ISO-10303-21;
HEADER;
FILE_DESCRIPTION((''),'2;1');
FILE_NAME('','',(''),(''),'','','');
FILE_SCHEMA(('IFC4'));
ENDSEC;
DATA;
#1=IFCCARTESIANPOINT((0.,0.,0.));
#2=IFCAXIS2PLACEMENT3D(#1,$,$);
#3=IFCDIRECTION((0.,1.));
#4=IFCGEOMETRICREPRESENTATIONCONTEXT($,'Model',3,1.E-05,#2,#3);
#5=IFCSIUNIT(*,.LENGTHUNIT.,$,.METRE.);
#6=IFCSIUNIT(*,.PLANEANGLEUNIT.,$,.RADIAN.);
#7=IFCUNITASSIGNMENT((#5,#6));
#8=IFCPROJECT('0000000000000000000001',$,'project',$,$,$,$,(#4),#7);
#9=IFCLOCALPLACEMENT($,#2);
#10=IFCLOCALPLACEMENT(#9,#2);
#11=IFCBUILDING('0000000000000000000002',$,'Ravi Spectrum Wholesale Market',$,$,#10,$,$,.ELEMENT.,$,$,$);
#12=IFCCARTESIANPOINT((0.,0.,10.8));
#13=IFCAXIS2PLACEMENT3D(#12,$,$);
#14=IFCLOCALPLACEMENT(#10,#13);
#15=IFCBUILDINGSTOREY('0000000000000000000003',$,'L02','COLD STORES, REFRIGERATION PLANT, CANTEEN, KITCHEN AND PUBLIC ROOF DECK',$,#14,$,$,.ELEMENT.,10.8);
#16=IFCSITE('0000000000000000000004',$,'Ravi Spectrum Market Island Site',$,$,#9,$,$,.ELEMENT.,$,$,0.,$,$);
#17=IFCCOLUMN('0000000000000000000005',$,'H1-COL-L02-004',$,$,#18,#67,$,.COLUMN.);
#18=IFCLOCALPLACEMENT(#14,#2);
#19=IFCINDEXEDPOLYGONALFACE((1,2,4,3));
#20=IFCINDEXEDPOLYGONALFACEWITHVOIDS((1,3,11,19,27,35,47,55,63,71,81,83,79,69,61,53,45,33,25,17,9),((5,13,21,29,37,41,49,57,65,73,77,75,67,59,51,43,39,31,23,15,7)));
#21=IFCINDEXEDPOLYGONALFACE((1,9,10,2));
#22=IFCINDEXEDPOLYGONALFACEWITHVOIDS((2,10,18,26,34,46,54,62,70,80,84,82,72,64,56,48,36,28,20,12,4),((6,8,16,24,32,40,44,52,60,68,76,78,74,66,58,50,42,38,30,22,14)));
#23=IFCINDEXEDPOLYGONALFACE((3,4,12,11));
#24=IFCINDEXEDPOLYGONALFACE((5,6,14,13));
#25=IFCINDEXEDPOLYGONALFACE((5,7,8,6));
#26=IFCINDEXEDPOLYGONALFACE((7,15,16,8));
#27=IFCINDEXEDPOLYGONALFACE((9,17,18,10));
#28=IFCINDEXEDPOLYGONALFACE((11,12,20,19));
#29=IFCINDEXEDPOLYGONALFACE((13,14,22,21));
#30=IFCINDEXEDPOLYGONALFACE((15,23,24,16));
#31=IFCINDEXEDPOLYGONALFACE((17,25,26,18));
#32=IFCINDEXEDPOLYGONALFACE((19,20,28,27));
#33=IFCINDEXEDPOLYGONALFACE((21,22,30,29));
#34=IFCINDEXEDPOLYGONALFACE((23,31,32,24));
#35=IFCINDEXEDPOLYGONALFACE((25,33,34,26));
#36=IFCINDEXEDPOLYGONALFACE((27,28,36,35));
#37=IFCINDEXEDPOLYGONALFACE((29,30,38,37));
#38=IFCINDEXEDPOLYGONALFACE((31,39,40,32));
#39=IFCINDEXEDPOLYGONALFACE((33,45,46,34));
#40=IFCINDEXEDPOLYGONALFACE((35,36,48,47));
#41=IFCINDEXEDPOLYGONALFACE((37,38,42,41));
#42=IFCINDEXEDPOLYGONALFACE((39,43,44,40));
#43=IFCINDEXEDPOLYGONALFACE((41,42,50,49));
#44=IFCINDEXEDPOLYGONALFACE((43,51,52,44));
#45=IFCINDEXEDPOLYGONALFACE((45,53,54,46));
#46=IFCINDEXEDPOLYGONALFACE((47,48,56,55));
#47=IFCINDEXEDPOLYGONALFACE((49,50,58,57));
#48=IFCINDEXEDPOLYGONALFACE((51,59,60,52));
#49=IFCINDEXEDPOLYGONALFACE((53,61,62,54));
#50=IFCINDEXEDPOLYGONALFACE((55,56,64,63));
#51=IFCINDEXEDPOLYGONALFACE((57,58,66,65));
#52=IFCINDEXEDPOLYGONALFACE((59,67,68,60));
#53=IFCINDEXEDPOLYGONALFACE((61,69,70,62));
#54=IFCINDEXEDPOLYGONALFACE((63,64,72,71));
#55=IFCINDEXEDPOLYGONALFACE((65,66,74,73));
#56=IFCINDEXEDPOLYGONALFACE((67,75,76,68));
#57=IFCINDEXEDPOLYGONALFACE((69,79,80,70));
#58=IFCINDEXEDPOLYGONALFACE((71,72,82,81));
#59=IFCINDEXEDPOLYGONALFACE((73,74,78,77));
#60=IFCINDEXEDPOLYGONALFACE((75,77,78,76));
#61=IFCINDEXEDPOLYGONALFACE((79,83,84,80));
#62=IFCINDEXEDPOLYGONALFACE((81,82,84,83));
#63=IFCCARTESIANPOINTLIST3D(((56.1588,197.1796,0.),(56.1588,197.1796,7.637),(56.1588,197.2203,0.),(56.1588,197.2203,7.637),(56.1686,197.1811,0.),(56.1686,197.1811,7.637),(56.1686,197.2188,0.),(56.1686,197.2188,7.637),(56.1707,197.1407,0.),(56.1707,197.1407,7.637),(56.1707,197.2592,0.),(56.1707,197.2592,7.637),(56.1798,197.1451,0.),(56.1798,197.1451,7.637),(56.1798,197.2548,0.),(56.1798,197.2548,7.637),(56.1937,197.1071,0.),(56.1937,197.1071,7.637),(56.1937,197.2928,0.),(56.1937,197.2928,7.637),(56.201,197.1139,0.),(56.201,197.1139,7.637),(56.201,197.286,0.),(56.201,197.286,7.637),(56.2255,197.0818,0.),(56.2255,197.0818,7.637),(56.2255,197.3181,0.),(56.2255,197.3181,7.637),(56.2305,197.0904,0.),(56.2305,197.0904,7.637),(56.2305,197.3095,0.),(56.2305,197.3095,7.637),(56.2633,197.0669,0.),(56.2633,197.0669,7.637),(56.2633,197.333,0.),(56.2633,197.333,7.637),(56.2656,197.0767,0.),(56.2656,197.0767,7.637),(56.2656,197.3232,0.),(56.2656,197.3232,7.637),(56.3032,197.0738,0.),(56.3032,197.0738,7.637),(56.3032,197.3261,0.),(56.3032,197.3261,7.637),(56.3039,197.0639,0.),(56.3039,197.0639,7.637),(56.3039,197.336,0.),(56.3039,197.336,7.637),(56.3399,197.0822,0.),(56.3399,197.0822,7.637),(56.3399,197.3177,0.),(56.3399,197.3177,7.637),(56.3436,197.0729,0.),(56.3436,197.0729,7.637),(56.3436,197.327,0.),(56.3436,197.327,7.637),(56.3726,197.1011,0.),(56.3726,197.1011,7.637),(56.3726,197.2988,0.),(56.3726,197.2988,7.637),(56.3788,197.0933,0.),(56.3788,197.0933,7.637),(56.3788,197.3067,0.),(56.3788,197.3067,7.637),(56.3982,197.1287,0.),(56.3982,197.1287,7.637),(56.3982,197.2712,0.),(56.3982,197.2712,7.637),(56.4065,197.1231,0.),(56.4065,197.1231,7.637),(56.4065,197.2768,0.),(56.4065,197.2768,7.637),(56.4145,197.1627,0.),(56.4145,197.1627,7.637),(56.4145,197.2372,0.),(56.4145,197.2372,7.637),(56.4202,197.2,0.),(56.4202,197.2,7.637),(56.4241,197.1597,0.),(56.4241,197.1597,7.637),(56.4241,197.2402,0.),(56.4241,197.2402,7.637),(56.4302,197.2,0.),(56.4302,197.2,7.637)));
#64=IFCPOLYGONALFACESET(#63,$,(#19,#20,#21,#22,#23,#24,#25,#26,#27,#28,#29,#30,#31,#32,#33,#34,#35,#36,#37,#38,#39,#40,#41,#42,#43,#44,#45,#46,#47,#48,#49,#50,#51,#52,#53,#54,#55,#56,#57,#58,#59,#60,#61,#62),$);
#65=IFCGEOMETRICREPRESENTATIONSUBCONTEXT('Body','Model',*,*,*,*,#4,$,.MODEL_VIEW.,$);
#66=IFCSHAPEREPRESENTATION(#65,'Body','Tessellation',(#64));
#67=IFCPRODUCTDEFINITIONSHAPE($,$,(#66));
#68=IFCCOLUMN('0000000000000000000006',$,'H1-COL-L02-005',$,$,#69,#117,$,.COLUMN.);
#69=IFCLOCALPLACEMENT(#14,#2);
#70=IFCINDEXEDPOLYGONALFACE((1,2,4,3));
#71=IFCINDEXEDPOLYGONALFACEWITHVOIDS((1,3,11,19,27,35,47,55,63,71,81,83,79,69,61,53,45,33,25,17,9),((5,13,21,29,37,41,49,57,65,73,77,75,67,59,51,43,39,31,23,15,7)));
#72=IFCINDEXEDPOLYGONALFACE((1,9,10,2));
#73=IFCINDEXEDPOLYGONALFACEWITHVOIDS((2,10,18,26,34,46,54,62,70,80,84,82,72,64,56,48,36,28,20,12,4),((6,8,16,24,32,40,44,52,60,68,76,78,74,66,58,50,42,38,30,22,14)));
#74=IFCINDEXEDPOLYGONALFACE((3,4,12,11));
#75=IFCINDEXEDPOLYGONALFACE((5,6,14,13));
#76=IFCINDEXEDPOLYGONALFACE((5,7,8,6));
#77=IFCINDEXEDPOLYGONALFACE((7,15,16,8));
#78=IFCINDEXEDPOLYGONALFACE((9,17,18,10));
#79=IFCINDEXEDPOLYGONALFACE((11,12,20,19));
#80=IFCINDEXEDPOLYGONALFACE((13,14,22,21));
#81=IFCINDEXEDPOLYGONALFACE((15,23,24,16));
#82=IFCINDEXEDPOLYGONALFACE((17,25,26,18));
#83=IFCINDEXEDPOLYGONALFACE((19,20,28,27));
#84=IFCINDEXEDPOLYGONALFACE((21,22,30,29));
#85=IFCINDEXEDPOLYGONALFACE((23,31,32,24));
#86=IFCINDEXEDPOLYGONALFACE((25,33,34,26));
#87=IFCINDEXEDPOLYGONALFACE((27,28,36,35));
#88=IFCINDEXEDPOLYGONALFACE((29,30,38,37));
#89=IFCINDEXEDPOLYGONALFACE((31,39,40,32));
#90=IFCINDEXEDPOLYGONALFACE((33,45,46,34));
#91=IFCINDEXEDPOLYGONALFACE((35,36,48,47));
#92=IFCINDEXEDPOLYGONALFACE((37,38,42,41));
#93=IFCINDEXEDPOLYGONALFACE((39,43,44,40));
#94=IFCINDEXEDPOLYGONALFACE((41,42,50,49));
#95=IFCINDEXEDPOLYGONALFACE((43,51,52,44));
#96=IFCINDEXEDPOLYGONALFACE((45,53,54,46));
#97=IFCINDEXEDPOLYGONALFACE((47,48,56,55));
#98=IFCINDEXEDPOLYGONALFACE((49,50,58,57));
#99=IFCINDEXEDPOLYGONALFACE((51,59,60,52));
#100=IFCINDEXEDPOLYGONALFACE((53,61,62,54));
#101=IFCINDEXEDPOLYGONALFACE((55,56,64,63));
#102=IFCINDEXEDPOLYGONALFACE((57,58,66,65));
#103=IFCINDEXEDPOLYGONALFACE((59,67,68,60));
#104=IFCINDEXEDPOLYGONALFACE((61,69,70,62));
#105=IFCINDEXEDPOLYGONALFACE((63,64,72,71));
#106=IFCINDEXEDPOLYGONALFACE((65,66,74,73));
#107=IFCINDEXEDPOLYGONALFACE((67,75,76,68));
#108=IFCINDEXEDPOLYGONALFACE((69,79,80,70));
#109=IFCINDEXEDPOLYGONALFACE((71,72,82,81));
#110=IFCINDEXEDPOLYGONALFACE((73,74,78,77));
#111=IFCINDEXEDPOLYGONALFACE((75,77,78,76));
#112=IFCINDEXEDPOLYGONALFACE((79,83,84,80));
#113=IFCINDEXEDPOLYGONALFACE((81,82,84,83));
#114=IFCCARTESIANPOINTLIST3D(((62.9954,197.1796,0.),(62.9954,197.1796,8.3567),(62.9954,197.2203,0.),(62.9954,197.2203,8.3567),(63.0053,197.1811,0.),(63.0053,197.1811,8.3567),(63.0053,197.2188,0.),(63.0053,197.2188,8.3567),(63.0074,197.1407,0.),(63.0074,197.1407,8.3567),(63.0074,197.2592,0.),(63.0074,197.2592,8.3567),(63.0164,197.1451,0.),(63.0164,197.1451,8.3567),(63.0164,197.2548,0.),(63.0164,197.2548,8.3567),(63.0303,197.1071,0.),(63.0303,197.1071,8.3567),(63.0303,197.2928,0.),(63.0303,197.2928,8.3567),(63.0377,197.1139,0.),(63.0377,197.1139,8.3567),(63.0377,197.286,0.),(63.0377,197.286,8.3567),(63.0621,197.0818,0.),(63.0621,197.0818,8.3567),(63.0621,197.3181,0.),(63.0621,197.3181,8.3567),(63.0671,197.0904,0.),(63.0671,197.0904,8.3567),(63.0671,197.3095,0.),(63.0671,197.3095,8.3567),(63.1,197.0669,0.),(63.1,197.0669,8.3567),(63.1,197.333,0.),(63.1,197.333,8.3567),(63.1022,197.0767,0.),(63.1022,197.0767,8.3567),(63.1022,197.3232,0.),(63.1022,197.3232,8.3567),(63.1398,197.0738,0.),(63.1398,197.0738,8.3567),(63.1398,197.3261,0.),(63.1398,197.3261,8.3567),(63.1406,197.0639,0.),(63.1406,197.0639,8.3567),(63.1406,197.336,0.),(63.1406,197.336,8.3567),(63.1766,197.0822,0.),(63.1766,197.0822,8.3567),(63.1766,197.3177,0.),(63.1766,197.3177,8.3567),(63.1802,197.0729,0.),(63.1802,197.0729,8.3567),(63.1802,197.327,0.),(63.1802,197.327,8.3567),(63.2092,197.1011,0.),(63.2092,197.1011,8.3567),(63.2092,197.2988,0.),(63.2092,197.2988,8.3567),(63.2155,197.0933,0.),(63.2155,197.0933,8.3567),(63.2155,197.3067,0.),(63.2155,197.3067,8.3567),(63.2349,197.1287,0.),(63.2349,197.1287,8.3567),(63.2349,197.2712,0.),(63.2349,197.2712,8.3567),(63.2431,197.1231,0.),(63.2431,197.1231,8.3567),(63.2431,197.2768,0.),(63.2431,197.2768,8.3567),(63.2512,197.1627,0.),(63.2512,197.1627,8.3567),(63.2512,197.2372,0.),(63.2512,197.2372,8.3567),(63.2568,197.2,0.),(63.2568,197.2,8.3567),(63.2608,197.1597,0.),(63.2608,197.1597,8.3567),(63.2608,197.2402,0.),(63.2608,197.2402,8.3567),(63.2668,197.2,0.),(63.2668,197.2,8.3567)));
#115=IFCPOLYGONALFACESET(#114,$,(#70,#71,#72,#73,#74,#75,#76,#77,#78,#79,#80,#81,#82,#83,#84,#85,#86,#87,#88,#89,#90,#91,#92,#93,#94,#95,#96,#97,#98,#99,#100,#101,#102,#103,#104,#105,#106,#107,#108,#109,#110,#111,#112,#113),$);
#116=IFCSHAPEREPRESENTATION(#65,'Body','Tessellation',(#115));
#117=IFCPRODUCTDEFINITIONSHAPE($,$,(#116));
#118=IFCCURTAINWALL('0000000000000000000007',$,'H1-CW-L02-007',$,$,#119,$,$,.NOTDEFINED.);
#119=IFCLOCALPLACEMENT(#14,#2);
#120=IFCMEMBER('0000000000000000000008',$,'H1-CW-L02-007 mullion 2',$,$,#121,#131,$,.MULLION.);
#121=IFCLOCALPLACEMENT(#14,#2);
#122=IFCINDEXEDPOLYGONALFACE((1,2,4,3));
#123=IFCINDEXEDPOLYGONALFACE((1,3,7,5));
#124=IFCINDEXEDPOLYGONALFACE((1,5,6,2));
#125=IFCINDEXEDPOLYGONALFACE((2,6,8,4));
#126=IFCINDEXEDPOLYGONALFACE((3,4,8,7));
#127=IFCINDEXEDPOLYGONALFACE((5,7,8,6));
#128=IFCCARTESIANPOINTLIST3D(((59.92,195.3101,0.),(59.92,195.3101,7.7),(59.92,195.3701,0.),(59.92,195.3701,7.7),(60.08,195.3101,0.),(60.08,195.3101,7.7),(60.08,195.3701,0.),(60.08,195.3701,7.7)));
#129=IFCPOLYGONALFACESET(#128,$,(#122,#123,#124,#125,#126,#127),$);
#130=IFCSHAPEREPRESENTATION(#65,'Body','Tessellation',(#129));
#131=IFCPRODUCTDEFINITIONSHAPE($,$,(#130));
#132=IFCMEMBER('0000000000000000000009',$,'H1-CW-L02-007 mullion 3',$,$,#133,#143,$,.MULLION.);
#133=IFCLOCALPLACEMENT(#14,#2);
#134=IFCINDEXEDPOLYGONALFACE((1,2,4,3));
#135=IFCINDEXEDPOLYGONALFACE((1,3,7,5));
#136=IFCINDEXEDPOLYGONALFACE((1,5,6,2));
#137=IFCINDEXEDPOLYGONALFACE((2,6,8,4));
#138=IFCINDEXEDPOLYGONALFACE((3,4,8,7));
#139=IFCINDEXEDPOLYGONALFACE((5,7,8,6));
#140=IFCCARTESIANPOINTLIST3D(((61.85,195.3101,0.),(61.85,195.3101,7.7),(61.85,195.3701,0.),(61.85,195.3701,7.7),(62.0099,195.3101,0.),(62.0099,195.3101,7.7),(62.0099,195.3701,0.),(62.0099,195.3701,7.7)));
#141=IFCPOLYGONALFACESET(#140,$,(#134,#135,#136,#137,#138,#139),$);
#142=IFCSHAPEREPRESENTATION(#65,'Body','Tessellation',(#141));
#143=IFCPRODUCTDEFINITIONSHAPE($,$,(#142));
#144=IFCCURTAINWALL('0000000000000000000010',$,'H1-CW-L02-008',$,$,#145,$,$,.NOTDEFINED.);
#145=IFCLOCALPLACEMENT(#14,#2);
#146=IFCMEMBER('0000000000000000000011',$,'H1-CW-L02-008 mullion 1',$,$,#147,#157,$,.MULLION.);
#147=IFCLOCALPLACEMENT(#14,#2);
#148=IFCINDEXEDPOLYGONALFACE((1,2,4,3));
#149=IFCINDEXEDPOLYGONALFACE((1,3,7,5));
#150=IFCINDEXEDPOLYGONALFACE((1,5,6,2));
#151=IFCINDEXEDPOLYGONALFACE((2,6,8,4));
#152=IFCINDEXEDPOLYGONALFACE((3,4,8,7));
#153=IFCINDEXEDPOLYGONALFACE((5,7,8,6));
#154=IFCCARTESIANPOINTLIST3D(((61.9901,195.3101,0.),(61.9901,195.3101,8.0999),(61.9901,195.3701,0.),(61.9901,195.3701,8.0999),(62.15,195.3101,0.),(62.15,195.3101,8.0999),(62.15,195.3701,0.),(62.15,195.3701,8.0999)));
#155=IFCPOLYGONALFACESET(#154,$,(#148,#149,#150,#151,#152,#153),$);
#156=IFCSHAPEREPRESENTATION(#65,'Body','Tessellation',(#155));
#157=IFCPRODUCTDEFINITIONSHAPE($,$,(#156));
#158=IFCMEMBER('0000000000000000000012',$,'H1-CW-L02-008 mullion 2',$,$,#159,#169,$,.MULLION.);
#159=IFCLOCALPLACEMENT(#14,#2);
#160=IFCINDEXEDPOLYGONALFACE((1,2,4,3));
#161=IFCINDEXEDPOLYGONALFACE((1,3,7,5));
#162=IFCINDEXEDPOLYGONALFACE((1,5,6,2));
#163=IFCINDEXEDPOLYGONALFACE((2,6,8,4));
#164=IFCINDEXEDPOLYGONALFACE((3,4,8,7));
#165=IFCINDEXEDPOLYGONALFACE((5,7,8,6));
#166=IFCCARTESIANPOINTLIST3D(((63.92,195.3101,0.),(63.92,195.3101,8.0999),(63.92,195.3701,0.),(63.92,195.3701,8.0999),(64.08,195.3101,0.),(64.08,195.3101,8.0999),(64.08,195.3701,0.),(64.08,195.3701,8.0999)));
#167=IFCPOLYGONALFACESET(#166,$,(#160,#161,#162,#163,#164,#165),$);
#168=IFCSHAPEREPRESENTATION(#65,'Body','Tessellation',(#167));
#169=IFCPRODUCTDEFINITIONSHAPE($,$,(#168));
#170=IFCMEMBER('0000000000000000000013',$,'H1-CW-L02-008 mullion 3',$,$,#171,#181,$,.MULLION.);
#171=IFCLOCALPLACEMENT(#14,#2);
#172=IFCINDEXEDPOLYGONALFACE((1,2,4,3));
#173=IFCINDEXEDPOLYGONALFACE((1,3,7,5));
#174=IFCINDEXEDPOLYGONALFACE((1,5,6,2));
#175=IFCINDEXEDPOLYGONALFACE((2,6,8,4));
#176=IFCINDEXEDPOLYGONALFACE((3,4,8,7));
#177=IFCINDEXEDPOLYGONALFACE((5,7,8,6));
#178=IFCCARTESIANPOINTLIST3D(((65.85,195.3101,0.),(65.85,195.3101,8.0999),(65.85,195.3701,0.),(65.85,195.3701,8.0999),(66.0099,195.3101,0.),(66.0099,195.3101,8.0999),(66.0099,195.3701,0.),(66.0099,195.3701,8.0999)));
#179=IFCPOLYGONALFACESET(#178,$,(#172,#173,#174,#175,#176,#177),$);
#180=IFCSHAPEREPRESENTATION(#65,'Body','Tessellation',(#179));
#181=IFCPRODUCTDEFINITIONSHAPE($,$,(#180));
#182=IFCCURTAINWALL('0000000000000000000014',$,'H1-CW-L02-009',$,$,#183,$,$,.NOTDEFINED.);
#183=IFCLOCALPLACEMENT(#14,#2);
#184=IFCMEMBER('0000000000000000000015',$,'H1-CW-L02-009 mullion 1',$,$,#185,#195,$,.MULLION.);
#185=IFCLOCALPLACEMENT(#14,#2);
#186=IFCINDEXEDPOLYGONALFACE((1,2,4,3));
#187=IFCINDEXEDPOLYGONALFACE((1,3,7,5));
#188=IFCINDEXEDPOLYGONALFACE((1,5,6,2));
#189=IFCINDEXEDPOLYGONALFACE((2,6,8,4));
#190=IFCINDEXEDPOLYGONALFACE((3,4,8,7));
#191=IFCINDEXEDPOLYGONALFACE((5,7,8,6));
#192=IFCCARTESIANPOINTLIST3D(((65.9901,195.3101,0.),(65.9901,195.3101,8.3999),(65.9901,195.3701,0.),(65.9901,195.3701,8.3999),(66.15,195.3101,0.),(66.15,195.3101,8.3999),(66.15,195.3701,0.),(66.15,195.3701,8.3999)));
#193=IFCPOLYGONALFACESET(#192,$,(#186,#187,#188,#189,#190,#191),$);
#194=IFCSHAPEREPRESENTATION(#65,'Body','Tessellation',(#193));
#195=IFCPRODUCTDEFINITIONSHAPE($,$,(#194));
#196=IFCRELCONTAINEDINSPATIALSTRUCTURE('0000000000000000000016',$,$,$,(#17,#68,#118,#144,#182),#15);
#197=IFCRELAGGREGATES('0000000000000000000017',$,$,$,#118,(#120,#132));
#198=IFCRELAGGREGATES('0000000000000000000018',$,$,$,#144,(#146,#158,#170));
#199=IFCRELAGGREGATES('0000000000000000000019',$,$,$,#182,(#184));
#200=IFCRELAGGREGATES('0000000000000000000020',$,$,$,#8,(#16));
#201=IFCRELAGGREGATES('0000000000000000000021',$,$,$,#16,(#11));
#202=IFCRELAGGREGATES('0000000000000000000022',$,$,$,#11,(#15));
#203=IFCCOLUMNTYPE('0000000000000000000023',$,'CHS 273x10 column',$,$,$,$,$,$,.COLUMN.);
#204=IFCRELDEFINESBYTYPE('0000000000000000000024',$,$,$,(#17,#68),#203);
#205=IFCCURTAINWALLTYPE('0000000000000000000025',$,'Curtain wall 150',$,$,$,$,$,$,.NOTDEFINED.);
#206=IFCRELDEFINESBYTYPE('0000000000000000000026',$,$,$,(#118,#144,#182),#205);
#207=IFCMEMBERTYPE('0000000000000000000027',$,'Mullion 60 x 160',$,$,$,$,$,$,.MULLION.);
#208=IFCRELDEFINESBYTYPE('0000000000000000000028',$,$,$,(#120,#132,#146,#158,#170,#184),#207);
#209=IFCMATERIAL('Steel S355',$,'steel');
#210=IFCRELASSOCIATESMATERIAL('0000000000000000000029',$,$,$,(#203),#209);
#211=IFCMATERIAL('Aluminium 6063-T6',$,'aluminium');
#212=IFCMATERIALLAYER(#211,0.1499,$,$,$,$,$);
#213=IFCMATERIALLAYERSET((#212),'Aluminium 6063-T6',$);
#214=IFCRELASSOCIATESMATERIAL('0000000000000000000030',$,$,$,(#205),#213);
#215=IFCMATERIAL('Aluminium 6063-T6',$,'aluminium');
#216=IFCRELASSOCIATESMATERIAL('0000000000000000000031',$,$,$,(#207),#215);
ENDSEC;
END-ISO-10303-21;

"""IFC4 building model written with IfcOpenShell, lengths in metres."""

from ifc_helpers import new_model, si_unit, direction, frame, origin, origin_2d, place, context, subcontext, project, spatial, rectangle, hollow_circle, extrude, material, layer, layer_set, material_profile, profile_set, type_object, element, aggregate, save


model = new_model("IFC4")

# Units and contexts
model_context = context("Model", 3, precision=1e-05, world=origin(), true_north=direction((0.0, 1.0)))
body_context = subcontext(model_context, "Body", "Model", "MODEL_VIEW")
ifc_project = project(units=[si_unit("LENGTHUNIT", "METRE"), si_unit("PLANEANGLEUNIT", "RADIAN")], contexts=[model_context])

# Site, building, storey
site_placement = place(None, origin())
site = spatial("IfcSite", under=ifc_project, at=site_placement, Name="Ravi Spectrum Market Island Site", CompositionType="ELEMENT", RefElevation=0.0)
building_placement = place(site_placement, origin())
building = spatial("IfcBuilding", under=site, at=building_placement, Name="Ravi Spectrum Wholesale Market", CompositionType="ELEMENT")
storey_placement = place(building_placement, frame((0.0, 0.0, 10.8)))
storey = spatial("IfcBuildingStorey", under=building, at=storey_placement, Name="L02", Description="COLD STORES, REFRIGERATION PLANT, CANTEEN, KITCHEN AND PUBLIC ROOF DECK", CompositionType="ELEMENT", Elevation=10.8)

# Columns
ifc_material_1 = material(Name="Steel S355", Category="steel")
ifc_material_profile_1 = material_profile(ifc_material_1, hollow_circle(Radius=0.1365, WallThickness=0.01, at=origin_2d()))
ifc_profile_set_1 = profile_set([ifc_material_profile_1], Name="Steel S355")
column_type = type_object("IfcColumnType", Name="CHS 273x10 column", PredefinedType="COLUMN", material=ifc_profile_set_1)
column_1_placement = place(storey_placement, frame((56.2937, 197.2, 0.0), z_axis=(0.0, 0.0, 1.0), x_axis=(1.0, 0.0, 0.0)))
element("IfcColumn", 1, at=column_1_placement, inside=storey, type_object=column_type, Name="H1-COL-L02-004", PredefinedType="COLUMN", context=body_context, shape_type="SweptSolid", body=[
    extrude(hollow_circle(Radius=0.1365, WallThickness=0.01, at=origin_2d()), origin(), (0.0, 0.0, 1.0), 7.637),
])
column_2_placement = place(storey_placement, frame((63.1304, 197.2, 0.0), z_axis=(0.0, 0.0, 1.0), x_axis=(1.0, 0.0, 0.0)))
element("IfcColumn", 2, at=column_2_placement, inside=storey, type_object=column_type, Name="H1-COL-L02-005", PredefinedType="COLUMN", context=body_context, shape_type="SweptSolid", body=[
    extrude(hollow_circle(Radius=0.1365, WallThickness=0.01, at=origin_2d()), origin(), (0.0, 0.0, 1.0), 8.3567),
])

# Curtain walls, members
ifc_material_2 = material(Name="Aluminium 6063-T6", Category="aluminium")
ifc_layer_1 = layer(ifc_material_2, 0.1499)
ifc_layer_set_1 = layer_set([ifc_layer_1], Name="Aluminium 6063-T6")
curtain_wall_type = type_object("IfcCurtainWallType", Name="Curtain wall 150", PredefinedType="NOTDEFINED", material=ifc_layer_set_1)
curtain_wall_1_placement = place(storey_placement, origin())
curtain_wall_1 = element("IfcCurtainWall", 3, at=curtain_wall_1_placement, inside=storey, type_object=curtain_wall_type, Name="H1-CW-L02-007", PredefinedType="NOTDEFINED")
ifc_material_3 = material(Name="Aluminium 6063-T6", Category="aluminium")
ifc_material_profile_2 = material_profile(ifc_material_3, rectangle(XDim=0.0601, YDim=0.1599, at=origin_2d()))
ifc_profile_set_2 = profile_set([ifc_material_profile_2], Name="Aluminium 6063-T6")
member_type_1 = type_object("IfcMemberType", Name="Mullion 60 x 160", PredefinedType="MULLION", material=ifc_profile_set_2)
member_1_placement = place(storey_placement, frame((60.0, 195.3401, 0.0), z_axis=(0.0, 0.0, 1.0), x_axis=(0.0, 1.0, 0.0)))
member_1 = element("IfcMember", 4, at=member_1_placement, type_object=member_type_1, Name="H1-CW-L02-007 mullion 2", PredefinedType="MULLION", context=body_context, shape_type="SweptSolid", body=[
    extrude(rectangle(XDim=0.0601, YDim=0.1599, at=origin_2d()), origin(), (0.0, 0.0, 1.0), 7.7),
])
member_2_placement = place(storey_placement, frame((61.9299, 195.3401, 0.0), z_axis=(0.0, 0.0, 1.0), x_axis=(0.0, 1.0, 0.0)))
member_2 = element("IfcMember", 5, at=member_2_placement, type_object=member_type_1, Name="H1-CW-L02-007 mullion 3", PredefinedType="MULLION", context=body_context, shape_type="SweptSolid", body=[
    extrude(rectangle(XDim=0.0601, YDim=0.1599, at=origin_2d()), origin(), (0.0, 0.0, 1.0), 7.7),
])
curtain_wall_2_placement = place(storey_placement, origin())
curtain_wall_2 = element("IfcCurtainWall", 6, at=curtain_wall_2_placement, inside=storey, type_object=curtain_wall_type, Name="H1-CW-L02-008", PredefinedType="NOTDEFINED")
member_3_placement = place(storey_placement, frame((62.0701, 195.3401, 0.0), z_axis=(0.0, 0.0, 1.0), x_axis=(0.0, 1.0, 0.0)))
member_3 = element("IfcMember", 7, at=member_3_placement, type_object=member_type_1, Name="H1-CW-L02-008 mullion 1", PredefinedType="MULLION", context=body_context, shape_type="SweptSolid", body=[
    extrude(rectangle(XDim=0.0601, YDim=0.1599, at=origin_2d()), origin(), (0.0, 0.0, 1.0), 8.0999),
])
member_4_placement = place(storey_placement, frame((64.0, 195.3401, 0.0), z_axis=(0.0, 0.0, 1.0), x_axis=(0.0, 1.0, 0.0)))
member_4 = element("IfcMember", 8, at=member_4_placement, type_object=member_type_1, Name="H1-CW-L02-008 mullion 2", PredefinedType="MULLION", context=body_context, shape_type="SweptSolid", body=[
    extrude(rectangle(XDim=0.0601, YDim=0.1599, at=origin_2d()), origin(), (0.0, 0.0, 1.0), 8.0999),
])
member_5_placement = place(storey_placement, frame((65.9299, 195.3401, 0.0), z_axis=(0.0, 0.0, 1.0), x_axis=(0.0, 1.0, 0.0)))
member_5 = element("IfcMember", 9, at=member_5_placement, type_object=member_type_1, Name="H1-CW-L02-008 mullion 3", PredefinedType="MULLION", context=body_context, shape_type="SweptSolid", body=[
    extrude(rectangle(XDim=0.0601, YDim=0.1599, at=origin_2d()), origin(), (0.0, 0.0, 1.0), 8.0999),
])

# Curtain wall, member
curtain_wall_3_placement = place(storey_placement, origin())
curtain_wall_3 = element("IfcCurtainWall", 10, at=curtain_wall_3_placement, inside=storey, type_object=curtain_wall_type, Name="H1-CW-L02-009", PredefinedType="NOTDEFINED")
member_6_placement = place(storey_placement, frame((66.0701, 195.3401, 0.0), z_axis=(0.0, 0.0, 1.0), x_axis=(0.0, 1.0, 0.0)))
member_6 = element("IfcMember", 11, at=member_6_placement, type_object=member_type_1, Name="H1-CW-L02-009 mullion 1", PredefinedType="MULLION", context=body_context, shape_type="SweptSolid", body=[
    extrude(rectangle(XDim=0.0601, YDim=0.1599, at=origin_2d()), origin(), (0.0, 0.0, 1.0), 8.3999),
])

aggregate(curtain_wall_1, [member_1, member_2])
aggregate(curtain_wall_2, [member_3, member_4, member_5])
aggregate(curtain_wall_3, [member_6])

save(model, "model.ifc")
